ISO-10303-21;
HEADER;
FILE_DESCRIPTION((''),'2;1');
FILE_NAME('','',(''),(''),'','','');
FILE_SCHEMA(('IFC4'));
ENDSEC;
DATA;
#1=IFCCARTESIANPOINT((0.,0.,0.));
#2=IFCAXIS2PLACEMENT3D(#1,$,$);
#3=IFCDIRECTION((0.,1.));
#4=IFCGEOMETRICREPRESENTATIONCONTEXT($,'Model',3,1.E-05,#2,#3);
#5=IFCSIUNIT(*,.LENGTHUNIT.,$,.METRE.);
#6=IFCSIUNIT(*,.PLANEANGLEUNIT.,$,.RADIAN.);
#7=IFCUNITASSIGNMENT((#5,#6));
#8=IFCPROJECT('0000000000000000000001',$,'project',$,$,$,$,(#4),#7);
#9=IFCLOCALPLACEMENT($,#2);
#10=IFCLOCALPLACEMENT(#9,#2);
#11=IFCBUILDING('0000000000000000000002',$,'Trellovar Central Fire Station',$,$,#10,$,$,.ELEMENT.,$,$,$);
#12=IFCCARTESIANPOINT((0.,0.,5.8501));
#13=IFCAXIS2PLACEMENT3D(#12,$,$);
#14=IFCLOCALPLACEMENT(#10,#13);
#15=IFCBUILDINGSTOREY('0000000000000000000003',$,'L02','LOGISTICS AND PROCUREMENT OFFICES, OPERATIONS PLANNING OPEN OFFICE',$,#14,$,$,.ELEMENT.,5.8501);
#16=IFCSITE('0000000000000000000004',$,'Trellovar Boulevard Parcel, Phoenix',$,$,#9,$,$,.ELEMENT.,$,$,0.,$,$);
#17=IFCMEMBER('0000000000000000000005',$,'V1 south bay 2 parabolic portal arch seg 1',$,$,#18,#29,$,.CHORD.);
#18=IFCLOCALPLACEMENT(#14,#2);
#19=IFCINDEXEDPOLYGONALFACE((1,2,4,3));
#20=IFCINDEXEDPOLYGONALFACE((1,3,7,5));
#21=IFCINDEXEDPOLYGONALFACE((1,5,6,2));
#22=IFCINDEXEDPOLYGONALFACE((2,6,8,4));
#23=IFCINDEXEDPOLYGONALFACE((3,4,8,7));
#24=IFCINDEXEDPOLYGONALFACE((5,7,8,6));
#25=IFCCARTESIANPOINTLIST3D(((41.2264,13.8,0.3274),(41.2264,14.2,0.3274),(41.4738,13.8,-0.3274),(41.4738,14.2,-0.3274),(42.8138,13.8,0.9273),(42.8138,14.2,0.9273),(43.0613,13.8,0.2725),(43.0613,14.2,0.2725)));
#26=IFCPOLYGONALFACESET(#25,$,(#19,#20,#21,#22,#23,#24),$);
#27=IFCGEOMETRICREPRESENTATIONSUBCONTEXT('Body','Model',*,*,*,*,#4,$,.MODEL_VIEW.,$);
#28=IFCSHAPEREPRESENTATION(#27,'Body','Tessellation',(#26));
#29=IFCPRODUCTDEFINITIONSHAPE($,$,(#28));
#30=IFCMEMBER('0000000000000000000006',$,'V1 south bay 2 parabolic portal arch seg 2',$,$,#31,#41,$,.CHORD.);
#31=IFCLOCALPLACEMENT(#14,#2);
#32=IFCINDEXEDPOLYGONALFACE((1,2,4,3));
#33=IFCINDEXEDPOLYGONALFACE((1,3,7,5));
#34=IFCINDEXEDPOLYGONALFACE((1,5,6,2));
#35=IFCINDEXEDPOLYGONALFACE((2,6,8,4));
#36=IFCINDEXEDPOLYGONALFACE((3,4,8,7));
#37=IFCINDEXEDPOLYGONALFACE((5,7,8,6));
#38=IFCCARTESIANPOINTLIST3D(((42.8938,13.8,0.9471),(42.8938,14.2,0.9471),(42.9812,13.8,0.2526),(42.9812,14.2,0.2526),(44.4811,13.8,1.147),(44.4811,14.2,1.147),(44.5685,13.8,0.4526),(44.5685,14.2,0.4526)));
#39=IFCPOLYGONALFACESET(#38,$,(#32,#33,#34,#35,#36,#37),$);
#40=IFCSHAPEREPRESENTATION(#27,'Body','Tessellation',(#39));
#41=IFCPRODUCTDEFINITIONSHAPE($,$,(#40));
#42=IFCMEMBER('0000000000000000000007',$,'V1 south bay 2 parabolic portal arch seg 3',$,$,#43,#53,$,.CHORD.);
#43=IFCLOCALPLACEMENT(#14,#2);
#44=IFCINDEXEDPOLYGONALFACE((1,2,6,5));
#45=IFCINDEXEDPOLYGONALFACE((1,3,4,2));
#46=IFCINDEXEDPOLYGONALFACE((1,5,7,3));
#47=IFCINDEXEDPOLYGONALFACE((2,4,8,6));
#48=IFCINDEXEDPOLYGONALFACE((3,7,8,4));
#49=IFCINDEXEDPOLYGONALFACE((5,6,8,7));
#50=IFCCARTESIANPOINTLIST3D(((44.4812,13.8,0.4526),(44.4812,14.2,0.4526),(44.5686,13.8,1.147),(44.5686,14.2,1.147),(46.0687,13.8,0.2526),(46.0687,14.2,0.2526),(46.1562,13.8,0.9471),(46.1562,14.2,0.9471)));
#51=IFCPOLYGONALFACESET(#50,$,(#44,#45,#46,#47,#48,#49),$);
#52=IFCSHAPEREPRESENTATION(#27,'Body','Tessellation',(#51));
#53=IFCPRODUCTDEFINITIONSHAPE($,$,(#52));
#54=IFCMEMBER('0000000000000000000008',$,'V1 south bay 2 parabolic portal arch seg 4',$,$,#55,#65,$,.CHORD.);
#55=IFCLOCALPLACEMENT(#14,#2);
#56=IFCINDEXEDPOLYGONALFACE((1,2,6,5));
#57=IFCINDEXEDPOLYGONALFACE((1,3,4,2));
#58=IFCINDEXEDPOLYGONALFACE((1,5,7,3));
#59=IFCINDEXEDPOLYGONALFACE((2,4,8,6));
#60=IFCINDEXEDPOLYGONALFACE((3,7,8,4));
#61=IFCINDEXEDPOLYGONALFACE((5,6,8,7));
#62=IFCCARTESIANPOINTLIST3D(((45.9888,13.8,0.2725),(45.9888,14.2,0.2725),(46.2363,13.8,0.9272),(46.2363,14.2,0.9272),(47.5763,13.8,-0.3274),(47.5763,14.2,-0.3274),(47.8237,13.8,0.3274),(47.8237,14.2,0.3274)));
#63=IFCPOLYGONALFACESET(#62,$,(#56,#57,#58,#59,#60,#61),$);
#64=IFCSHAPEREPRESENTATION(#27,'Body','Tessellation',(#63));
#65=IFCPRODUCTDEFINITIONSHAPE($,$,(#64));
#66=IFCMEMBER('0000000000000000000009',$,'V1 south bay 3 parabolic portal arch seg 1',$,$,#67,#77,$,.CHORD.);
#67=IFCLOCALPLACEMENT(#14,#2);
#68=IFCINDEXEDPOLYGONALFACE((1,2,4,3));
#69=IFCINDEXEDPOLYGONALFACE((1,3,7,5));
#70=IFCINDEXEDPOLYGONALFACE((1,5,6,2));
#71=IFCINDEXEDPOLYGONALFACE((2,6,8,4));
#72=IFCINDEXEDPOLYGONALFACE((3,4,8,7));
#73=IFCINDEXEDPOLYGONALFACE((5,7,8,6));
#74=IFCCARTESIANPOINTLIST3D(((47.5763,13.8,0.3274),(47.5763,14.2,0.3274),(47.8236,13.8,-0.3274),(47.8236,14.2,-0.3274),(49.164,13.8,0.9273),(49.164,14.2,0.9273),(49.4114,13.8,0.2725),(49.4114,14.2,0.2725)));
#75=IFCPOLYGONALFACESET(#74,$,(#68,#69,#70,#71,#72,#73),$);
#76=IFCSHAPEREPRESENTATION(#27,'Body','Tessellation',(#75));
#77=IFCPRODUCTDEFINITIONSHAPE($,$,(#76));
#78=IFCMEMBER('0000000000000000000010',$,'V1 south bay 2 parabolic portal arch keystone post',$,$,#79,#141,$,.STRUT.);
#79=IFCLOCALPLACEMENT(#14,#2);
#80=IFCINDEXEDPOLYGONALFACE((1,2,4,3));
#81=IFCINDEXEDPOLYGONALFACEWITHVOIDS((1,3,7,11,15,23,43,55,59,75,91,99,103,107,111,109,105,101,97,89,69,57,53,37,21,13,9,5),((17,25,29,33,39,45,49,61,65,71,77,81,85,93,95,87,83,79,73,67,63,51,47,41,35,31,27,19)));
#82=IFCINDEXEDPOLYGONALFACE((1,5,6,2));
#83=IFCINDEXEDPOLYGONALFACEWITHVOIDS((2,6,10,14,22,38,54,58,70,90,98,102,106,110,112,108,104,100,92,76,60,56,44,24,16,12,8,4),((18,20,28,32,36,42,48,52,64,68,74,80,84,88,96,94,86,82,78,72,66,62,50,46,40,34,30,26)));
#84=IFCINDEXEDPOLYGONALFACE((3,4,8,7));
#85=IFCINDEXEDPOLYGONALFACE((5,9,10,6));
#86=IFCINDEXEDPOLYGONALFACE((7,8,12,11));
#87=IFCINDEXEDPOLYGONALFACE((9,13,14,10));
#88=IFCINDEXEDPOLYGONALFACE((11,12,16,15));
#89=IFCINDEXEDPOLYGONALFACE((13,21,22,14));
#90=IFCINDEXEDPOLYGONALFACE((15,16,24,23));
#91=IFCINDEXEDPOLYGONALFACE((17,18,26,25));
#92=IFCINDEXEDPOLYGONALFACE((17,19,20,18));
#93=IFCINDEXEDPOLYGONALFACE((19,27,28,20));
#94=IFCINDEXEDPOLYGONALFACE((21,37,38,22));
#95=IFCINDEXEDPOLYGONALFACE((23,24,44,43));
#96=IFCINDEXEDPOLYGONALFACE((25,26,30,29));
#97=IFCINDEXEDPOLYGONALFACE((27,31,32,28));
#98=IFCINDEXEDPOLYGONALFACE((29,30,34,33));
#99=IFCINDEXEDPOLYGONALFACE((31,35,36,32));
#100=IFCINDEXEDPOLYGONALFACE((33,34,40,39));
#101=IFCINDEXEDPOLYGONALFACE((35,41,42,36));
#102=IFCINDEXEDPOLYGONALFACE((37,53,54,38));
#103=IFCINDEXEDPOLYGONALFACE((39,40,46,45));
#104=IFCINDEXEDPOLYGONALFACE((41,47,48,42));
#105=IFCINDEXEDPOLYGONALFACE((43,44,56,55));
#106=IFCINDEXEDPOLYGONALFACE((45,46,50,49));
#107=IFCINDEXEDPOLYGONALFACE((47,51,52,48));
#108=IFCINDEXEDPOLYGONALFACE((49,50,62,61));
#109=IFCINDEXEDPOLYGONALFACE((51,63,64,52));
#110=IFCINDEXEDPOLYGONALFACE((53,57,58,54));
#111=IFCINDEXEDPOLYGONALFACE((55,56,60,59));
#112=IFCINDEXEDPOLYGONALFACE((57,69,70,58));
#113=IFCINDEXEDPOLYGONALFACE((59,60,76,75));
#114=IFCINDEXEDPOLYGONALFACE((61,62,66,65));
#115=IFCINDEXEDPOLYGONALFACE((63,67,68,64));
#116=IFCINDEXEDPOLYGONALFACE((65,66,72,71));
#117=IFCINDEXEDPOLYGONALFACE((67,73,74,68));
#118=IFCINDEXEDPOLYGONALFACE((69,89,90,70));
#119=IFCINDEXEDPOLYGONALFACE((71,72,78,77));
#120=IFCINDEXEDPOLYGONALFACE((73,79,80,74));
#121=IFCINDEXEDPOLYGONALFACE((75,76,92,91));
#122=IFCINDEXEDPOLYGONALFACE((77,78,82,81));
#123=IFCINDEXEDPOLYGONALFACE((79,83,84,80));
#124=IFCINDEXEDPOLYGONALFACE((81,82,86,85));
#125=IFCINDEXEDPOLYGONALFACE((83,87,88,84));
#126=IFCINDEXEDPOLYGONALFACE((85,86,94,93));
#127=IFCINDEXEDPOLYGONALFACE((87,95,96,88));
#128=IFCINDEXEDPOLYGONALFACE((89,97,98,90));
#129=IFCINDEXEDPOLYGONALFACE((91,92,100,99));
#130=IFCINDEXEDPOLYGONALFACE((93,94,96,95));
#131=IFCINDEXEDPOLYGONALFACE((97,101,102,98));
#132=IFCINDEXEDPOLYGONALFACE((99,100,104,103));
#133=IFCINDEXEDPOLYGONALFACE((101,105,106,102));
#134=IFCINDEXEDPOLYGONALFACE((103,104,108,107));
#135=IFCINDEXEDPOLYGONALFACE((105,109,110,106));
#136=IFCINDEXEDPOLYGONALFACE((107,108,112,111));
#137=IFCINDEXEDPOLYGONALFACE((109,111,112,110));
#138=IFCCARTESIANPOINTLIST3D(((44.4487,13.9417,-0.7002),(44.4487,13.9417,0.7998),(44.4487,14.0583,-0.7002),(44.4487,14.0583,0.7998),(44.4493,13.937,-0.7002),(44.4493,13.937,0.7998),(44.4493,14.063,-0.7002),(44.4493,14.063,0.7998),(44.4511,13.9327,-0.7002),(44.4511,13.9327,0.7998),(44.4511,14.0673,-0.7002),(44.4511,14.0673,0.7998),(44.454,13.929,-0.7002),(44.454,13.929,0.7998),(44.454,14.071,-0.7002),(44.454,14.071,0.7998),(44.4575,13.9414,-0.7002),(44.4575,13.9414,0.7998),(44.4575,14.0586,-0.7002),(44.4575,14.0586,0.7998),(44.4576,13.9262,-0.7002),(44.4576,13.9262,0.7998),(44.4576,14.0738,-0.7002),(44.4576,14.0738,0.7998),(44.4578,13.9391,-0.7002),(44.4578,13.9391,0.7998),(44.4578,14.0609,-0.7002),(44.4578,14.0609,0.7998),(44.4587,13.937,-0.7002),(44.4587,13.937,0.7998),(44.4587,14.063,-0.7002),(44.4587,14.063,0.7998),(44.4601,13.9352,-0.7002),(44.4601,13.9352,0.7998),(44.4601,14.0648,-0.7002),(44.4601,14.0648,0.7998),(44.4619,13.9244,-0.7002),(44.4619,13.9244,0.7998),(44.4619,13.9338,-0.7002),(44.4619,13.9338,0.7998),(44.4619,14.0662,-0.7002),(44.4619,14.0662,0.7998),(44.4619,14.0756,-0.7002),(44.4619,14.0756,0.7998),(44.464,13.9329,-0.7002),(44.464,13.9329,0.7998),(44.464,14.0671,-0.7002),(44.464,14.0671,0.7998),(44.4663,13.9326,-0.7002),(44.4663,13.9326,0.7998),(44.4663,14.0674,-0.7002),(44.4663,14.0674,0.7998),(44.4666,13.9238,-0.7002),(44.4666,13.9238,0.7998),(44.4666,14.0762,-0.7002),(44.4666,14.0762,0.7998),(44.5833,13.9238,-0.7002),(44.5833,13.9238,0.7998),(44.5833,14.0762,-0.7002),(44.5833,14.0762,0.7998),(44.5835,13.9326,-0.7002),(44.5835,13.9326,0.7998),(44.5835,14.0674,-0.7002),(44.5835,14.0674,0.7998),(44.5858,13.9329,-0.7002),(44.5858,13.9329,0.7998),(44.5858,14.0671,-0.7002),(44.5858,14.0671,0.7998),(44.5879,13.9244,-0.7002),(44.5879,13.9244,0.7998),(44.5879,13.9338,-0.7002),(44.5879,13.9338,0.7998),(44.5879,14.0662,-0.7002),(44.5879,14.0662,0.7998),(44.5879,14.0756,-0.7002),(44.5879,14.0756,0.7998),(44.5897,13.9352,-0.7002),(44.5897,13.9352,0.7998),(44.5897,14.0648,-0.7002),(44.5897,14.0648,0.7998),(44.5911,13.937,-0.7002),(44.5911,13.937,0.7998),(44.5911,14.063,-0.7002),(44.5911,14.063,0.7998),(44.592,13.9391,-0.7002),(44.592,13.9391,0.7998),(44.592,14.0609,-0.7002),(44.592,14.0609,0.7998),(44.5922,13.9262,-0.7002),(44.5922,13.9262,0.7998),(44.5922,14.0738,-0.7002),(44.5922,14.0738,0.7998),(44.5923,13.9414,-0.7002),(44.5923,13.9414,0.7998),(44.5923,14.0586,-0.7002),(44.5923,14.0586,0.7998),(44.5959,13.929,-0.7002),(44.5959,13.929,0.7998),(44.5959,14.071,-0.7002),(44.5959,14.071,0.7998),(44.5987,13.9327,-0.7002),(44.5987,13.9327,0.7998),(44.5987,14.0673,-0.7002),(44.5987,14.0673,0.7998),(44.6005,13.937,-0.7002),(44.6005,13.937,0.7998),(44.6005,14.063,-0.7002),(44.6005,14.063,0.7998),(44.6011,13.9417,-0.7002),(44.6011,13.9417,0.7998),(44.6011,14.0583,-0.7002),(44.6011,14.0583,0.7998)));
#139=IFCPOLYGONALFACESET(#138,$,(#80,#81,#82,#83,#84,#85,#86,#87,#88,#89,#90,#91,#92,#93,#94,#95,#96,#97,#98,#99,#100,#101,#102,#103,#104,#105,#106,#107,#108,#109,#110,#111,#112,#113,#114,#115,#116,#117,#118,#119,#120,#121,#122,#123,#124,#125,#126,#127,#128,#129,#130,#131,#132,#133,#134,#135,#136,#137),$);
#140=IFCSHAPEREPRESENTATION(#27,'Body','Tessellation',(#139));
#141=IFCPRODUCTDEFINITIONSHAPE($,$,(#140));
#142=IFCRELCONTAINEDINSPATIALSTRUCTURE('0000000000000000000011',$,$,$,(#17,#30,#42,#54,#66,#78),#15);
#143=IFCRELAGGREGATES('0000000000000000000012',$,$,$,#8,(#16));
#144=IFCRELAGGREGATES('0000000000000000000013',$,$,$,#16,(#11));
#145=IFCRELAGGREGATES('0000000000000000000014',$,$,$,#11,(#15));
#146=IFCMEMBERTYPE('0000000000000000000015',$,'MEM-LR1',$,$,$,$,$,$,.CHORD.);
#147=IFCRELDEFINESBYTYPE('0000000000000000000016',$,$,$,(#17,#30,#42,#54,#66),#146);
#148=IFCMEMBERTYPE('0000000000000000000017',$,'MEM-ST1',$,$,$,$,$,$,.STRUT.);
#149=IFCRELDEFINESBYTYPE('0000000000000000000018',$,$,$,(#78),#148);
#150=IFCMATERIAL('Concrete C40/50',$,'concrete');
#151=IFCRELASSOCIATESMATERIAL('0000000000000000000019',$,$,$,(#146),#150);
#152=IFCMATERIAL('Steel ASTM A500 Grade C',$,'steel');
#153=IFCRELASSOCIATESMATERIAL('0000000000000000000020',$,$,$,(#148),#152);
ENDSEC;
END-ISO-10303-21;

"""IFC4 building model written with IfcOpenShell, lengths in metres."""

from ifc_helpers import new_model, si_unit, direction, frame, origin, origin_2d, place, context, subcontext, project, spatial, rectangle, hollow_rectangle, extrude, material, material_profile, profile_set, type_object, element, save


model = new_model("IFC4")

# Units and contexts
model_context = context("Model", 3, precision=1e-05, world=origin(), true_north=direction((0.0, 1.0)))
body_context = subcontext(model_context, "Body", "Model", "MODEL_VIEW")
ifc_project = project(units=[si_unit("LENGTHUNIT", "METRE"), si_unit("PLANEANGLEUNIT", "RADIAN")], contexts=[model_context])

# Site, building, storey
site_placement = place(None, origin())
site = spatial("IfcSite", under=ifc_project, at=site_placement, Name="Trellovar Boulevard Parcel, Phoenix", CompositionType="ELEMENT", RefElevation=0.0)
building_placement = place(site_placement, origin())
building = spatial("IfcBuilding", under=site, at=building_placement, Name="Trellovar Central Fire Station", CompositionType="ELEMENT")
storey_placement = place(building_placement, frame((0.0, 0.0, 5.8501)))
storey = spatial("IfcBuildingStorey", under=building, at=storey_placement, Name="L02", Description="LOGISTICS AND PROCUREMENT OFFICES, OPERATIONS PLANNING OPEN OFFICE", CompositionType="ELEMENT", Elevation=5.8501)

# Members
ifc_material_1 = material(Name="Concrete C40/50", Category="concrete")
ifc_material_profile_1 = material_profile(ifc_material_1, rectangle(XDim=0.3999, YDim=0.7, at=origin_2d()), Name="RC400X700")
ifc_profile_set_1 = profile_set([ifc_material_profile_1], Name="Concrete C40/50")
member_type_1 = type_object("IfcMemberType", Name="MEM-LR1", PredefinedType="CHORD", material=ifc_profile_set_1)
member_1_placement = place(storey_placement, frame((41.3501, 14.0, 0.0), z_axis=(0.935439, 0.0, 0.353487), x_axis=(0.0, 1.0, 0.0)))
element("IfcMember", 1, at=member_1_placement, inside=storey, type_object=member_type_1, Name="V1 south bay 2 parabolic portal arch seg 1", PredefinedType="CHORD", context=body_context, shape_type="SweptSolid", body=[
    extrude(rectangle(XDim=0.3999, YDim=0.7, at=origin_2d()), origin(), (0.0, 0.0, 1.0), 1.697),
])
member_2_placement = place(storey_placement, frame((42.9375, 14.0, 0.5999), z_axis=(0.99216, 0.0, 0.124974), x_axis=(0.0, 1.0, 0.0)))
element("IfcMember", 2, at=member_2_placement, inside=storey, type_object=member_type_1, Name="V1 south bay 2 parabolic portal arch seg 2", PredefinedType="CHORD", context=body_context, shape_type="SweptSolid", body=[
    extrude(rectangle(XDim=0.3999, YDim=0.7, at=origin_2d()), origin(), (0.0, 0.0, 1.0), 1.5999),
])
member_3_placement = place(storey_placement, frame((44.5249, 14.0, 0.7998), z_axis=(0.992162, 0.0, -0.124955), x_axis=(0.0, 1.0, 0.0)))
element("IfcMember", 3, at=member_3_placement, inside=storey, type_object=member_type_1, Name="V1 south bay 2 parabolic portal arch seg 3", PredefinedType="CHORD", context=body_context, shape_type="SweptSolid", body=[
    extrude(rectangle(XDim=0.3999, YDim=0.7, at=origin_2d()), origin(), (0.0, 0.0, 1.0), 1.6001),
])
member_4_placement = place(storey_placement, frame((46.1125, 14.0, 0.5999), z_axis=(0.935439, 0.0, -0.353487), x_axis=(0.0, 1.0, 0.0)))
element("IfcMember", 4, at=member_4_placement, inside=storey, type_object=member_type_1, Name="V1 south bay 2 parabolic portal arch seg 4", PredefinedType="CHORD", context=body_context, shape_type="SweptSolid", body=[
    extrude(rectangle(XDim=0.3999, YDim=0.7, at=origin_2d()), origin(), (0.0, 0.0, 1.0), 1.697),
])
member_5_placement = place(storey_placement, frame((47.7, 14.0, 0.0), z_axis=(0.935457, 0.0, 0.35344), x_axis=(0.0, 1.0, 0.0)))
element("IfcMember", 5, at=member_5_placement, inside=storey, type_object=member_type_1, Name="V1 south bay 3 parabolic portal arch seg 1", PredefinedType="CHORD", context=body_context, shape_type="SweptSolid", body=[
    extrude(rectangle(XDim=0.3999, YDim=0.7, at=origin_2d()), origin(), (0.0, 0.0, 1.0), 1.6973),
])
ifc_material_2 = material(Name="Steel ASTM A500 Grade C", Category="steel")
ifc_material_profile_2 = material_profile(ifc_material_2, hollow_rectangle(XDim=0.1523, YDim=0.1523, WallThickness=0.0088, InnerFilletRadius=0.0088, OuterFilletRadius=0.0178, at=origin_2d()), Name="HSS6X6X3/8")
ifc_profile_set_2 = profile_set([ifc_material_profile_2], Name="Steel ASTM A500 Grade C")
member_type_2 = type_object("IfcMemberType", Name="MEM-ST1", PredefinedType="STRUT", material=ifc_profile_set_2)
member_6_placement = place(storey_placement, frame((44.5249, 14.0, -0.7002), z_axis=(0.0, 0.0, 1.0), x_axis=(1.0, 0.0, 0.0)))
element("IfcMember", 6, at=member_6_placement, inside=storey, type_object=member_type_2, Name="V1 south bay 2 parabolic portal arch keystone post", PredefinedType="STRUT", context=body_context, shape_type="SweptSolid", body=[
    extrude(hollow_rectangle(XDim=0.1523, YDim=0.1523, WallThickness=0.0088, InnerFilletRadius=0.0088, OuterFilletRadius=0.0178, at=origin_2d()), origin(), (0.0, 0.0, 1.0), 1.5),
])

save(model, "model.ifc")
